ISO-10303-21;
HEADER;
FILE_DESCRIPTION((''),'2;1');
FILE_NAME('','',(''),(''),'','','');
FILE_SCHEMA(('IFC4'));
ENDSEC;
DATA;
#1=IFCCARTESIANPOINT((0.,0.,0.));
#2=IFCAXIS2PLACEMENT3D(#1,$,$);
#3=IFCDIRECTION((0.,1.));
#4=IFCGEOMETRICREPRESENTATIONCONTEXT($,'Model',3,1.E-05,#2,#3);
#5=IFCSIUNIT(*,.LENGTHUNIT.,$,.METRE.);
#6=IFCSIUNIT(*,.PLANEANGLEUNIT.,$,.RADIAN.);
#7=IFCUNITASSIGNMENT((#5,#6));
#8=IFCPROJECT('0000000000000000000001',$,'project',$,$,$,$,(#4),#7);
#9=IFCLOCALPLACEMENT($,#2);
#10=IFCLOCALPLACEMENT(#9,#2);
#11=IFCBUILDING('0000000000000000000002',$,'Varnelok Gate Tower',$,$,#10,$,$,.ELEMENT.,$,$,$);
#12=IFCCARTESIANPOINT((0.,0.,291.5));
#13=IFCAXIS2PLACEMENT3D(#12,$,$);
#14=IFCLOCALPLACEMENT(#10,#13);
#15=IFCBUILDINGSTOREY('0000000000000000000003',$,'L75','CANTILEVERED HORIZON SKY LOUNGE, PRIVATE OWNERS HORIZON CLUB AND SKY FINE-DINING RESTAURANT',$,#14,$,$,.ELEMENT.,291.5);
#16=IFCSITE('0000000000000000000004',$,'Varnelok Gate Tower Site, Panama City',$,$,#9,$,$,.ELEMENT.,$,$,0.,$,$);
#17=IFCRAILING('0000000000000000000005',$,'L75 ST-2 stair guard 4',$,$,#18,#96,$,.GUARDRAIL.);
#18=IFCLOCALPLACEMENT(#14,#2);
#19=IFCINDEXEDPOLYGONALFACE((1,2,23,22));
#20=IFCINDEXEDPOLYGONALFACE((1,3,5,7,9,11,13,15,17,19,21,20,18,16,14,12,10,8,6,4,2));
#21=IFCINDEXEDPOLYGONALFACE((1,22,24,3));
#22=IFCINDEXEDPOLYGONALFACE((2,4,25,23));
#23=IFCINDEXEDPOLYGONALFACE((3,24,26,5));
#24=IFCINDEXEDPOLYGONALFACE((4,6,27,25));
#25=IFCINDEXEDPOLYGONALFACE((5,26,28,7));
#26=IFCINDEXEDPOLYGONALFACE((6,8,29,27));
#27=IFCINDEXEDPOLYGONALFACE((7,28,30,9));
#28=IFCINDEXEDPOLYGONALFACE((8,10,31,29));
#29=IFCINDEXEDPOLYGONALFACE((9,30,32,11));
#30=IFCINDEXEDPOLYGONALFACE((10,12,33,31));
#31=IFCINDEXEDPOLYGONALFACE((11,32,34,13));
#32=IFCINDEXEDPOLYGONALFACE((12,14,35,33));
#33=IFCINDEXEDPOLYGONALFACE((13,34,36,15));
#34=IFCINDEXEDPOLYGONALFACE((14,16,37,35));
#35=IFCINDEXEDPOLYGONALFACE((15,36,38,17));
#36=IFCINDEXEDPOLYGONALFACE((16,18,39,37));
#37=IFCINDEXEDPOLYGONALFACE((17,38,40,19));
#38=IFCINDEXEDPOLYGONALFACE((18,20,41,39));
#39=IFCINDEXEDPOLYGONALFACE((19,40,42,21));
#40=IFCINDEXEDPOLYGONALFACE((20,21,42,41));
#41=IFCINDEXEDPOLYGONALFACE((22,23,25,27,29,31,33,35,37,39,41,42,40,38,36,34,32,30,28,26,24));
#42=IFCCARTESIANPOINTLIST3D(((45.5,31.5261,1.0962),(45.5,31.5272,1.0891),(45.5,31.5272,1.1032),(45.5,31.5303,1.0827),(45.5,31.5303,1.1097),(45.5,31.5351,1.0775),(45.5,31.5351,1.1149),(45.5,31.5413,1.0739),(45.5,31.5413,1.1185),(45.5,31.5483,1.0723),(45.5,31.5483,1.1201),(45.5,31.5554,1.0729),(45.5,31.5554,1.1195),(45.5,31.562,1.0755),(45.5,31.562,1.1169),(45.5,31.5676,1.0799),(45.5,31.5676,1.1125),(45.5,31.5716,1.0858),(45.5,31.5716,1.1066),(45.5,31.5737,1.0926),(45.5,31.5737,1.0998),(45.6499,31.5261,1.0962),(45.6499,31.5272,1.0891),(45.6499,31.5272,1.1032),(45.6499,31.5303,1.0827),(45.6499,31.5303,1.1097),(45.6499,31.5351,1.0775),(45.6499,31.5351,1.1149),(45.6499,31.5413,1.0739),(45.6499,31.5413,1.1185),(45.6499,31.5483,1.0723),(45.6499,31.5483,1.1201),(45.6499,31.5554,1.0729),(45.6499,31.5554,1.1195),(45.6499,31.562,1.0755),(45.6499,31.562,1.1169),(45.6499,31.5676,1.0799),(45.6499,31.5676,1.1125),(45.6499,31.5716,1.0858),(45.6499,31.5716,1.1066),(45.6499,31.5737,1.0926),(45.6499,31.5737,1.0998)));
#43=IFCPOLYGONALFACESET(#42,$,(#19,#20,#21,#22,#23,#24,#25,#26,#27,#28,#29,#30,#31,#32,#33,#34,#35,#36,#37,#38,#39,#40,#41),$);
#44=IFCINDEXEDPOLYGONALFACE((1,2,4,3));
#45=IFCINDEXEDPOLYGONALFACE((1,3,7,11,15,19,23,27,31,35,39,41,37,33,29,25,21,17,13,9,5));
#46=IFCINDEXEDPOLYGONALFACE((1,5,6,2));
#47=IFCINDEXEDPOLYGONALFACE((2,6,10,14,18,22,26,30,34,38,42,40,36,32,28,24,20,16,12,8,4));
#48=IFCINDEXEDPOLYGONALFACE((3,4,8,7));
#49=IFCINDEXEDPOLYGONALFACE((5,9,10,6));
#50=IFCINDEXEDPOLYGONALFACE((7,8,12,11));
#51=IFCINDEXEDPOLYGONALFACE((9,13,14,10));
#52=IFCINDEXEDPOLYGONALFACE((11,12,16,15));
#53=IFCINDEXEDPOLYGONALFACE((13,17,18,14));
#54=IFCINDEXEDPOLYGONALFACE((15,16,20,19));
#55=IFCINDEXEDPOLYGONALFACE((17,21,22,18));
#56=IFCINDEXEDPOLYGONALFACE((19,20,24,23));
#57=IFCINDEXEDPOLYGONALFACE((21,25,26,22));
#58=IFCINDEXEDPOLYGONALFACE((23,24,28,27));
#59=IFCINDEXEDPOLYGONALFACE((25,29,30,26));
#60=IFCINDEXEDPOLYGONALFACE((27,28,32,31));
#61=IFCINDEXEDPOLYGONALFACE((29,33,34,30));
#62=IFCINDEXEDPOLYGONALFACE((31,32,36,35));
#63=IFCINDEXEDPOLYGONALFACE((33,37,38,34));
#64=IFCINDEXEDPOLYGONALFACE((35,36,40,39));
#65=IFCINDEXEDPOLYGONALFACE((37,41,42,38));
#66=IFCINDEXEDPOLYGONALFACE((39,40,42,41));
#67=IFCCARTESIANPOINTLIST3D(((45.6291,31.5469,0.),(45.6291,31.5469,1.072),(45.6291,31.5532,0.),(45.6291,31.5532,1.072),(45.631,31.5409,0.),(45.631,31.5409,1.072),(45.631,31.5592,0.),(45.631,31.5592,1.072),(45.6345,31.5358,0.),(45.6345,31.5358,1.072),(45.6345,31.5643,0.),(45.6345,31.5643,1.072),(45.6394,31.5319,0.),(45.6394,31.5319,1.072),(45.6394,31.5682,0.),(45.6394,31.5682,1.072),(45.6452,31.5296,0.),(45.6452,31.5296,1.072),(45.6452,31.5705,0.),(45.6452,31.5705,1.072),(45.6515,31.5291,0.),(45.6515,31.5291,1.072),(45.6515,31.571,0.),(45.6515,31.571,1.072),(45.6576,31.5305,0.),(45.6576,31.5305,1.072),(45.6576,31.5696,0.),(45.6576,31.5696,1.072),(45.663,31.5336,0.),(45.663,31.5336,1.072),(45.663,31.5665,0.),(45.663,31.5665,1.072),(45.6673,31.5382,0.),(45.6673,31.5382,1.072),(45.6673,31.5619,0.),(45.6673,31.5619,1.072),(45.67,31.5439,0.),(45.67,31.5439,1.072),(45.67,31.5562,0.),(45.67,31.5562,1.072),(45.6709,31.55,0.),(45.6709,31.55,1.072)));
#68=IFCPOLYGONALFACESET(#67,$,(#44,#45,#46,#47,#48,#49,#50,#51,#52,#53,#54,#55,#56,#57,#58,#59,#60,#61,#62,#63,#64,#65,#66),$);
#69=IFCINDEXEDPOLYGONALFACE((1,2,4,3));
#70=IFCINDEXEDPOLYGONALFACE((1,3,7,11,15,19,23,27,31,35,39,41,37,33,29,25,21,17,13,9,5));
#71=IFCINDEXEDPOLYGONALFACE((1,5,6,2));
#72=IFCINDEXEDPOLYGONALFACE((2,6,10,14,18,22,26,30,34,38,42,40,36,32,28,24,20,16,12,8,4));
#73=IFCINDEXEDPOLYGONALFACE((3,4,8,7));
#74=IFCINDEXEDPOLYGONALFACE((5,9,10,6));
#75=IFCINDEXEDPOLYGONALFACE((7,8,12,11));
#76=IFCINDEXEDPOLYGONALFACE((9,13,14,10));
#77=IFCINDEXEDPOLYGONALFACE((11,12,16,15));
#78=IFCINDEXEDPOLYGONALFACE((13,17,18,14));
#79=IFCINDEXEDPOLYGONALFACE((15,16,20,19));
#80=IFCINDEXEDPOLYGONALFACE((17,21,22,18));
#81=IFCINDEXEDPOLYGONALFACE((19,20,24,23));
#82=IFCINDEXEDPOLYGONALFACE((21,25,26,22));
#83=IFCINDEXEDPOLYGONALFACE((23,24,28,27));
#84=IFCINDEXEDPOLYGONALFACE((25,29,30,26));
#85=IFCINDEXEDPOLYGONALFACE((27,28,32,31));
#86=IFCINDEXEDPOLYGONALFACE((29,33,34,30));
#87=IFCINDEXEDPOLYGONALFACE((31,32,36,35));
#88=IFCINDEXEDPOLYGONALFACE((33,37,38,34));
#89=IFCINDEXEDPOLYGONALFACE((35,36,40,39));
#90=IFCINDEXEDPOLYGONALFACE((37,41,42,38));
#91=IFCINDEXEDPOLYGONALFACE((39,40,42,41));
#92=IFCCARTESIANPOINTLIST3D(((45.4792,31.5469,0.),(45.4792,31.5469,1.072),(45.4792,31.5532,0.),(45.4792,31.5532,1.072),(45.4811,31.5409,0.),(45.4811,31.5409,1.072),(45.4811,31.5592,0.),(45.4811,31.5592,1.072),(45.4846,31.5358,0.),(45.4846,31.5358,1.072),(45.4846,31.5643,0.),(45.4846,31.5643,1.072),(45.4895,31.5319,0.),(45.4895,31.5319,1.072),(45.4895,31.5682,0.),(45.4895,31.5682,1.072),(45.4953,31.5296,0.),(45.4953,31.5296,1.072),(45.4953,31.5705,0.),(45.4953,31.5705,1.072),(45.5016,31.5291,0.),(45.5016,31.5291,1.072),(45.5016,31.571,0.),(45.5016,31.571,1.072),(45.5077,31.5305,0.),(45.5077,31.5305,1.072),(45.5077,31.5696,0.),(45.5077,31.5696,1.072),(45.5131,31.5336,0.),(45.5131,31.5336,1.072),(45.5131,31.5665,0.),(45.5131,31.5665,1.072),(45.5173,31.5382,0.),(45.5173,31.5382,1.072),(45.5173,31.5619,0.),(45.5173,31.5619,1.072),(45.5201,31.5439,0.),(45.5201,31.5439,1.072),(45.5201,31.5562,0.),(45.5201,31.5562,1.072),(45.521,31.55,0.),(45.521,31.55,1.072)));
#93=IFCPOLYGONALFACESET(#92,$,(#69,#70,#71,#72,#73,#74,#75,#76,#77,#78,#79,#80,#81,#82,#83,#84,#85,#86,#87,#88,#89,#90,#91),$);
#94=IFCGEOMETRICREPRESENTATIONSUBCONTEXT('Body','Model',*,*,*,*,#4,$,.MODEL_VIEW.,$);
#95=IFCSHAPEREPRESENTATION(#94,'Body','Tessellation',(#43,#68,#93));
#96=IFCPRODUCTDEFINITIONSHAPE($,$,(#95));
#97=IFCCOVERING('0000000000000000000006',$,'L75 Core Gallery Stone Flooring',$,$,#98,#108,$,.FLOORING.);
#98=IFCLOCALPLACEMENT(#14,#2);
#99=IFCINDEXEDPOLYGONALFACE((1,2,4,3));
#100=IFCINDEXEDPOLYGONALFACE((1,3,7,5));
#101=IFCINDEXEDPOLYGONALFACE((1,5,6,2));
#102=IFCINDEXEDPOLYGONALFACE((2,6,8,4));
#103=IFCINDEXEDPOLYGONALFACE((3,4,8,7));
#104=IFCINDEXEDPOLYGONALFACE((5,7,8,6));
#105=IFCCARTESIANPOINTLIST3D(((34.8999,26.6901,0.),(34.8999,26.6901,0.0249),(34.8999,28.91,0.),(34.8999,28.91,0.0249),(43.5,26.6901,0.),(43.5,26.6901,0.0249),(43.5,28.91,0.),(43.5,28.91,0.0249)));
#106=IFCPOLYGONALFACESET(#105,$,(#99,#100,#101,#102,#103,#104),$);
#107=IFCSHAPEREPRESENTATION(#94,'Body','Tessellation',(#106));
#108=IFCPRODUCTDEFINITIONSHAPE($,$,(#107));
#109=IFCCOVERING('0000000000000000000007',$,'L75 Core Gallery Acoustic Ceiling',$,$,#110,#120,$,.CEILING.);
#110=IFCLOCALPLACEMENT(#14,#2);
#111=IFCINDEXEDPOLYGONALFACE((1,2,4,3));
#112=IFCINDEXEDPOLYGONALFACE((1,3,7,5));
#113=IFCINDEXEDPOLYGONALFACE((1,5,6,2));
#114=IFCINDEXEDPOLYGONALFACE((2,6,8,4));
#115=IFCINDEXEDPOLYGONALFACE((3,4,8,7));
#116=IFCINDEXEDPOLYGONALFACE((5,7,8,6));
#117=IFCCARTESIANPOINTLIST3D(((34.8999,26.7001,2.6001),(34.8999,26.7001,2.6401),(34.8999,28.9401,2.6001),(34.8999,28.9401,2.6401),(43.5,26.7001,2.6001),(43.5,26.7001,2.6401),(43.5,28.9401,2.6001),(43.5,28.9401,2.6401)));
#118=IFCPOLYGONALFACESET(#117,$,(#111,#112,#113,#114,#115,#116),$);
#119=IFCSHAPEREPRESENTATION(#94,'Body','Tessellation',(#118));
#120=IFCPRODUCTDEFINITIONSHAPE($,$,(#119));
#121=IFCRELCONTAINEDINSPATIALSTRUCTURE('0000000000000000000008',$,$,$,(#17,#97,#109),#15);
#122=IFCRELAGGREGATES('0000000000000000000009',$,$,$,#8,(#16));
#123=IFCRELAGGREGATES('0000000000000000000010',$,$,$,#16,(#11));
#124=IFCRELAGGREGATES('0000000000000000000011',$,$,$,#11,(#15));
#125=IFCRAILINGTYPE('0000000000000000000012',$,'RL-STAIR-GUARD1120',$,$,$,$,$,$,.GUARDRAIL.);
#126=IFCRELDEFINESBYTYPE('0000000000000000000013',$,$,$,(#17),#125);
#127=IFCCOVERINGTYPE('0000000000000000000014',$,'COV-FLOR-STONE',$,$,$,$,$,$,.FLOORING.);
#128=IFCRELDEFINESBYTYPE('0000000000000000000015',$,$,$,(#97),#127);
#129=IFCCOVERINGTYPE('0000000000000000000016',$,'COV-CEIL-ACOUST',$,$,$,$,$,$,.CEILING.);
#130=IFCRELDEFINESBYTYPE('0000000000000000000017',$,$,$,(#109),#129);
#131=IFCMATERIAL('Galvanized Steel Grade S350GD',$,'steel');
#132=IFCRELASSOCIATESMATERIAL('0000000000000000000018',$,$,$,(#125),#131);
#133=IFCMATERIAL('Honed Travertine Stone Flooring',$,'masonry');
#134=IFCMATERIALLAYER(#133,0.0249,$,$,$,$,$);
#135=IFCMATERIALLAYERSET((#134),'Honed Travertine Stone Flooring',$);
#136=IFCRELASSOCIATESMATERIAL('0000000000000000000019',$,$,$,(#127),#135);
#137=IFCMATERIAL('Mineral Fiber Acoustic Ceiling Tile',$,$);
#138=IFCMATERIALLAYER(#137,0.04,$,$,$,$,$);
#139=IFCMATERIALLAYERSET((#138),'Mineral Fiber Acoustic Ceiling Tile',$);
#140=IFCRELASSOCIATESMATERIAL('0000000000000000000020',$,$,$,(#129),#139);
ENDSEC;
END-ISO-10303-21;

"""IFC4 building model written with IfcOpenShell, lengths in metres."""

from ifc_helpers import new_model, si_unit, direction, frame, origin, origin_2d, place, context, subcontext, project, spatial, rectangle, circle, extrude, source, transform, mapped, material, layer, layer_set, type_object, element, save


model = new_model("IFC4")

# Units and contexts
model_context = context("Model", 3, precision=1e-05, world=origin(), true_north=direction((0.0, 1.0)))
body_context = subcontext(model_context, "Body", "Model", "MODEL_VIEW")
ifc_project = project(units=[si_unit("LENGTHUNIT", "METRE"), si_unit("PLANEANGLEUNIT", "RADIAN")], contexts=[model_context])

# Site, building, storey
site_placement = place(None, origin())
site = spatial("IfcSite", under=ifc_project, at=site_placement, Name="Varnelok Gate Tower Site, Panama City", CompositionType="ELEMENT", RefElevation=0.0)
building_placement = place(site_placement, origin())
building = spatial("IfcBuilding", under=site, at=building_placement, Name="Varnelok Gate Tower", CompositionType="ELEMENT")
storey_placement = place(building_placement, frame((0.0, 0.0, 291.5)))
storey = spatial("IfcBuildingStorey", under=building, at=storey_placement, Name="L75", Description="CANTILEVERED HORIZON SKY LOUNGE, PRIVATE OWNERS HORIZON CLUB AND SKY FINE-DINING RESTAURANT", CompositionType="ELEMENT", Elevation=291.5)

# Shared definitions
ifc_material_1 = material(Name="Galvanized Steel Grade S350GD", Category="steel")

# Railing
railing_type_1 = type_object("IfcRailingType", Name="RL-STAIR-GUARD1120", PredefinedType="GUARDRAIL", material=ifc_material_1)
railing_1_placement = place(storey_placement, frame((45.6499, 31.55, 0.0)))
element("IfcRailing", 1, at=railing_1_placement, inside=storey, type_object=railing_type_1, Name="L75 ST-2 stair guard 4", PredefinedType="GUARDRAIL", context=body_context, shape_type="SweptSolid", body=[
    extrude(circle(Radius=0.0239, at=origin_2d()), frame((0.0, 0.0, 1.0962), z_axis=(-1.0, 0.0, 0.0), x_axis=(0.0, -1.0, 0.0)), (0.0, 0.0, 1.0), 0.1499),
    extrude(circle(Radius=0.021, at=origin_2d()), origin(), (0.0, 0.0, 1.0), 1.072),
    extrude(circle(Radius=0.021, at=origin_2d()), frame((-0.1499, 0.0, 0.0)), (0.0, 0.0, 1.0), 1.072),
])

# Coverings
ifc_material_2 = material(Name="Honed Travertine Stone Flooring", Category="masonry")
ifc_layer_1 = layer(ifc_material_2, 0.0249)
ifc_layer_set_1 = layer_set([ifc_layer_1], Name="Honed Travertine Stone Flooring")
covering_type_1 = type_object("IfcCoveringType", Name="COV-FLOR-STONE", PredefinedType="FLOORING", material=ifc_layer_set_1)
shared_shape_1 = source(origin(), body_context, "Body", "SweptSolid", [
    extrude(rectangle(XDim=8.6001, YDim=2.22, at=origin_2d()), origin(), (0.0, 0.0, 1.0), 0.0249),
])
covering_1_placement = place(storey_placement, frame((39.2, 27.8, 0.0), z_axis=(0.0, 0.0, 1.0), x_axis=(1.0, 0.0, 0.0)))
element("IfcCovering", 2, at=covering_1_placement, inside=storey, type_object=covering_type_1, Name="L75 Core Gallery Stone Flooring", PredefinedType="FLOORING", context=body_context, shape_type="MappedRepresentation", body=[
    mapped(shared_shape_1, transform((0.0, 0.0, 0.0), scale=1.0)),
])
ifc_material_3 = material(Name="Mineral Fiber Acoustic Ceiling Tile")
ifc_layer_2 = layer(ifc_material_3, 0.04)
ifc_layer_set_2 = layer_set([ifc_layer_2], Name="Mineral Fiber Acoustic Ceiling Tile")
covering_type_2 = type_object("IfcCoveringType", Name="COV-CEIL-ACOUST", PredefinedType="CEILING", material=ifc_layer_set_2)
shared_shape_2 = source(origin(), body_context, "Body", "SweptSolid", [
    extrude(rectangle(XDim=8.6001, YDim=2.24, at=origin_2d()), origin(), (0.0, 0.0, 1.0), 0.04),
])
covering_2_placement = place(storey_placement, frame((39.2, 27.8201, 2.6001), z_axis=(0.0, 0.0, 1.0), x_axis=(1.0, 0.0, 0.0)))
element("IfcCovering", 3, at=covering_2_placement, inside=storey, type_object=covering_type_2, Name="L75 Core Gallery Acoustic Ceiling", PredefinedType="CEILING", context=body_context, shape_type="MappedRepresentation", body=[
    mapped(shared_shape_2, transform((0.0, 0.0, 0.0), scale=1.0)),
])

save(model, "model.ifc")
